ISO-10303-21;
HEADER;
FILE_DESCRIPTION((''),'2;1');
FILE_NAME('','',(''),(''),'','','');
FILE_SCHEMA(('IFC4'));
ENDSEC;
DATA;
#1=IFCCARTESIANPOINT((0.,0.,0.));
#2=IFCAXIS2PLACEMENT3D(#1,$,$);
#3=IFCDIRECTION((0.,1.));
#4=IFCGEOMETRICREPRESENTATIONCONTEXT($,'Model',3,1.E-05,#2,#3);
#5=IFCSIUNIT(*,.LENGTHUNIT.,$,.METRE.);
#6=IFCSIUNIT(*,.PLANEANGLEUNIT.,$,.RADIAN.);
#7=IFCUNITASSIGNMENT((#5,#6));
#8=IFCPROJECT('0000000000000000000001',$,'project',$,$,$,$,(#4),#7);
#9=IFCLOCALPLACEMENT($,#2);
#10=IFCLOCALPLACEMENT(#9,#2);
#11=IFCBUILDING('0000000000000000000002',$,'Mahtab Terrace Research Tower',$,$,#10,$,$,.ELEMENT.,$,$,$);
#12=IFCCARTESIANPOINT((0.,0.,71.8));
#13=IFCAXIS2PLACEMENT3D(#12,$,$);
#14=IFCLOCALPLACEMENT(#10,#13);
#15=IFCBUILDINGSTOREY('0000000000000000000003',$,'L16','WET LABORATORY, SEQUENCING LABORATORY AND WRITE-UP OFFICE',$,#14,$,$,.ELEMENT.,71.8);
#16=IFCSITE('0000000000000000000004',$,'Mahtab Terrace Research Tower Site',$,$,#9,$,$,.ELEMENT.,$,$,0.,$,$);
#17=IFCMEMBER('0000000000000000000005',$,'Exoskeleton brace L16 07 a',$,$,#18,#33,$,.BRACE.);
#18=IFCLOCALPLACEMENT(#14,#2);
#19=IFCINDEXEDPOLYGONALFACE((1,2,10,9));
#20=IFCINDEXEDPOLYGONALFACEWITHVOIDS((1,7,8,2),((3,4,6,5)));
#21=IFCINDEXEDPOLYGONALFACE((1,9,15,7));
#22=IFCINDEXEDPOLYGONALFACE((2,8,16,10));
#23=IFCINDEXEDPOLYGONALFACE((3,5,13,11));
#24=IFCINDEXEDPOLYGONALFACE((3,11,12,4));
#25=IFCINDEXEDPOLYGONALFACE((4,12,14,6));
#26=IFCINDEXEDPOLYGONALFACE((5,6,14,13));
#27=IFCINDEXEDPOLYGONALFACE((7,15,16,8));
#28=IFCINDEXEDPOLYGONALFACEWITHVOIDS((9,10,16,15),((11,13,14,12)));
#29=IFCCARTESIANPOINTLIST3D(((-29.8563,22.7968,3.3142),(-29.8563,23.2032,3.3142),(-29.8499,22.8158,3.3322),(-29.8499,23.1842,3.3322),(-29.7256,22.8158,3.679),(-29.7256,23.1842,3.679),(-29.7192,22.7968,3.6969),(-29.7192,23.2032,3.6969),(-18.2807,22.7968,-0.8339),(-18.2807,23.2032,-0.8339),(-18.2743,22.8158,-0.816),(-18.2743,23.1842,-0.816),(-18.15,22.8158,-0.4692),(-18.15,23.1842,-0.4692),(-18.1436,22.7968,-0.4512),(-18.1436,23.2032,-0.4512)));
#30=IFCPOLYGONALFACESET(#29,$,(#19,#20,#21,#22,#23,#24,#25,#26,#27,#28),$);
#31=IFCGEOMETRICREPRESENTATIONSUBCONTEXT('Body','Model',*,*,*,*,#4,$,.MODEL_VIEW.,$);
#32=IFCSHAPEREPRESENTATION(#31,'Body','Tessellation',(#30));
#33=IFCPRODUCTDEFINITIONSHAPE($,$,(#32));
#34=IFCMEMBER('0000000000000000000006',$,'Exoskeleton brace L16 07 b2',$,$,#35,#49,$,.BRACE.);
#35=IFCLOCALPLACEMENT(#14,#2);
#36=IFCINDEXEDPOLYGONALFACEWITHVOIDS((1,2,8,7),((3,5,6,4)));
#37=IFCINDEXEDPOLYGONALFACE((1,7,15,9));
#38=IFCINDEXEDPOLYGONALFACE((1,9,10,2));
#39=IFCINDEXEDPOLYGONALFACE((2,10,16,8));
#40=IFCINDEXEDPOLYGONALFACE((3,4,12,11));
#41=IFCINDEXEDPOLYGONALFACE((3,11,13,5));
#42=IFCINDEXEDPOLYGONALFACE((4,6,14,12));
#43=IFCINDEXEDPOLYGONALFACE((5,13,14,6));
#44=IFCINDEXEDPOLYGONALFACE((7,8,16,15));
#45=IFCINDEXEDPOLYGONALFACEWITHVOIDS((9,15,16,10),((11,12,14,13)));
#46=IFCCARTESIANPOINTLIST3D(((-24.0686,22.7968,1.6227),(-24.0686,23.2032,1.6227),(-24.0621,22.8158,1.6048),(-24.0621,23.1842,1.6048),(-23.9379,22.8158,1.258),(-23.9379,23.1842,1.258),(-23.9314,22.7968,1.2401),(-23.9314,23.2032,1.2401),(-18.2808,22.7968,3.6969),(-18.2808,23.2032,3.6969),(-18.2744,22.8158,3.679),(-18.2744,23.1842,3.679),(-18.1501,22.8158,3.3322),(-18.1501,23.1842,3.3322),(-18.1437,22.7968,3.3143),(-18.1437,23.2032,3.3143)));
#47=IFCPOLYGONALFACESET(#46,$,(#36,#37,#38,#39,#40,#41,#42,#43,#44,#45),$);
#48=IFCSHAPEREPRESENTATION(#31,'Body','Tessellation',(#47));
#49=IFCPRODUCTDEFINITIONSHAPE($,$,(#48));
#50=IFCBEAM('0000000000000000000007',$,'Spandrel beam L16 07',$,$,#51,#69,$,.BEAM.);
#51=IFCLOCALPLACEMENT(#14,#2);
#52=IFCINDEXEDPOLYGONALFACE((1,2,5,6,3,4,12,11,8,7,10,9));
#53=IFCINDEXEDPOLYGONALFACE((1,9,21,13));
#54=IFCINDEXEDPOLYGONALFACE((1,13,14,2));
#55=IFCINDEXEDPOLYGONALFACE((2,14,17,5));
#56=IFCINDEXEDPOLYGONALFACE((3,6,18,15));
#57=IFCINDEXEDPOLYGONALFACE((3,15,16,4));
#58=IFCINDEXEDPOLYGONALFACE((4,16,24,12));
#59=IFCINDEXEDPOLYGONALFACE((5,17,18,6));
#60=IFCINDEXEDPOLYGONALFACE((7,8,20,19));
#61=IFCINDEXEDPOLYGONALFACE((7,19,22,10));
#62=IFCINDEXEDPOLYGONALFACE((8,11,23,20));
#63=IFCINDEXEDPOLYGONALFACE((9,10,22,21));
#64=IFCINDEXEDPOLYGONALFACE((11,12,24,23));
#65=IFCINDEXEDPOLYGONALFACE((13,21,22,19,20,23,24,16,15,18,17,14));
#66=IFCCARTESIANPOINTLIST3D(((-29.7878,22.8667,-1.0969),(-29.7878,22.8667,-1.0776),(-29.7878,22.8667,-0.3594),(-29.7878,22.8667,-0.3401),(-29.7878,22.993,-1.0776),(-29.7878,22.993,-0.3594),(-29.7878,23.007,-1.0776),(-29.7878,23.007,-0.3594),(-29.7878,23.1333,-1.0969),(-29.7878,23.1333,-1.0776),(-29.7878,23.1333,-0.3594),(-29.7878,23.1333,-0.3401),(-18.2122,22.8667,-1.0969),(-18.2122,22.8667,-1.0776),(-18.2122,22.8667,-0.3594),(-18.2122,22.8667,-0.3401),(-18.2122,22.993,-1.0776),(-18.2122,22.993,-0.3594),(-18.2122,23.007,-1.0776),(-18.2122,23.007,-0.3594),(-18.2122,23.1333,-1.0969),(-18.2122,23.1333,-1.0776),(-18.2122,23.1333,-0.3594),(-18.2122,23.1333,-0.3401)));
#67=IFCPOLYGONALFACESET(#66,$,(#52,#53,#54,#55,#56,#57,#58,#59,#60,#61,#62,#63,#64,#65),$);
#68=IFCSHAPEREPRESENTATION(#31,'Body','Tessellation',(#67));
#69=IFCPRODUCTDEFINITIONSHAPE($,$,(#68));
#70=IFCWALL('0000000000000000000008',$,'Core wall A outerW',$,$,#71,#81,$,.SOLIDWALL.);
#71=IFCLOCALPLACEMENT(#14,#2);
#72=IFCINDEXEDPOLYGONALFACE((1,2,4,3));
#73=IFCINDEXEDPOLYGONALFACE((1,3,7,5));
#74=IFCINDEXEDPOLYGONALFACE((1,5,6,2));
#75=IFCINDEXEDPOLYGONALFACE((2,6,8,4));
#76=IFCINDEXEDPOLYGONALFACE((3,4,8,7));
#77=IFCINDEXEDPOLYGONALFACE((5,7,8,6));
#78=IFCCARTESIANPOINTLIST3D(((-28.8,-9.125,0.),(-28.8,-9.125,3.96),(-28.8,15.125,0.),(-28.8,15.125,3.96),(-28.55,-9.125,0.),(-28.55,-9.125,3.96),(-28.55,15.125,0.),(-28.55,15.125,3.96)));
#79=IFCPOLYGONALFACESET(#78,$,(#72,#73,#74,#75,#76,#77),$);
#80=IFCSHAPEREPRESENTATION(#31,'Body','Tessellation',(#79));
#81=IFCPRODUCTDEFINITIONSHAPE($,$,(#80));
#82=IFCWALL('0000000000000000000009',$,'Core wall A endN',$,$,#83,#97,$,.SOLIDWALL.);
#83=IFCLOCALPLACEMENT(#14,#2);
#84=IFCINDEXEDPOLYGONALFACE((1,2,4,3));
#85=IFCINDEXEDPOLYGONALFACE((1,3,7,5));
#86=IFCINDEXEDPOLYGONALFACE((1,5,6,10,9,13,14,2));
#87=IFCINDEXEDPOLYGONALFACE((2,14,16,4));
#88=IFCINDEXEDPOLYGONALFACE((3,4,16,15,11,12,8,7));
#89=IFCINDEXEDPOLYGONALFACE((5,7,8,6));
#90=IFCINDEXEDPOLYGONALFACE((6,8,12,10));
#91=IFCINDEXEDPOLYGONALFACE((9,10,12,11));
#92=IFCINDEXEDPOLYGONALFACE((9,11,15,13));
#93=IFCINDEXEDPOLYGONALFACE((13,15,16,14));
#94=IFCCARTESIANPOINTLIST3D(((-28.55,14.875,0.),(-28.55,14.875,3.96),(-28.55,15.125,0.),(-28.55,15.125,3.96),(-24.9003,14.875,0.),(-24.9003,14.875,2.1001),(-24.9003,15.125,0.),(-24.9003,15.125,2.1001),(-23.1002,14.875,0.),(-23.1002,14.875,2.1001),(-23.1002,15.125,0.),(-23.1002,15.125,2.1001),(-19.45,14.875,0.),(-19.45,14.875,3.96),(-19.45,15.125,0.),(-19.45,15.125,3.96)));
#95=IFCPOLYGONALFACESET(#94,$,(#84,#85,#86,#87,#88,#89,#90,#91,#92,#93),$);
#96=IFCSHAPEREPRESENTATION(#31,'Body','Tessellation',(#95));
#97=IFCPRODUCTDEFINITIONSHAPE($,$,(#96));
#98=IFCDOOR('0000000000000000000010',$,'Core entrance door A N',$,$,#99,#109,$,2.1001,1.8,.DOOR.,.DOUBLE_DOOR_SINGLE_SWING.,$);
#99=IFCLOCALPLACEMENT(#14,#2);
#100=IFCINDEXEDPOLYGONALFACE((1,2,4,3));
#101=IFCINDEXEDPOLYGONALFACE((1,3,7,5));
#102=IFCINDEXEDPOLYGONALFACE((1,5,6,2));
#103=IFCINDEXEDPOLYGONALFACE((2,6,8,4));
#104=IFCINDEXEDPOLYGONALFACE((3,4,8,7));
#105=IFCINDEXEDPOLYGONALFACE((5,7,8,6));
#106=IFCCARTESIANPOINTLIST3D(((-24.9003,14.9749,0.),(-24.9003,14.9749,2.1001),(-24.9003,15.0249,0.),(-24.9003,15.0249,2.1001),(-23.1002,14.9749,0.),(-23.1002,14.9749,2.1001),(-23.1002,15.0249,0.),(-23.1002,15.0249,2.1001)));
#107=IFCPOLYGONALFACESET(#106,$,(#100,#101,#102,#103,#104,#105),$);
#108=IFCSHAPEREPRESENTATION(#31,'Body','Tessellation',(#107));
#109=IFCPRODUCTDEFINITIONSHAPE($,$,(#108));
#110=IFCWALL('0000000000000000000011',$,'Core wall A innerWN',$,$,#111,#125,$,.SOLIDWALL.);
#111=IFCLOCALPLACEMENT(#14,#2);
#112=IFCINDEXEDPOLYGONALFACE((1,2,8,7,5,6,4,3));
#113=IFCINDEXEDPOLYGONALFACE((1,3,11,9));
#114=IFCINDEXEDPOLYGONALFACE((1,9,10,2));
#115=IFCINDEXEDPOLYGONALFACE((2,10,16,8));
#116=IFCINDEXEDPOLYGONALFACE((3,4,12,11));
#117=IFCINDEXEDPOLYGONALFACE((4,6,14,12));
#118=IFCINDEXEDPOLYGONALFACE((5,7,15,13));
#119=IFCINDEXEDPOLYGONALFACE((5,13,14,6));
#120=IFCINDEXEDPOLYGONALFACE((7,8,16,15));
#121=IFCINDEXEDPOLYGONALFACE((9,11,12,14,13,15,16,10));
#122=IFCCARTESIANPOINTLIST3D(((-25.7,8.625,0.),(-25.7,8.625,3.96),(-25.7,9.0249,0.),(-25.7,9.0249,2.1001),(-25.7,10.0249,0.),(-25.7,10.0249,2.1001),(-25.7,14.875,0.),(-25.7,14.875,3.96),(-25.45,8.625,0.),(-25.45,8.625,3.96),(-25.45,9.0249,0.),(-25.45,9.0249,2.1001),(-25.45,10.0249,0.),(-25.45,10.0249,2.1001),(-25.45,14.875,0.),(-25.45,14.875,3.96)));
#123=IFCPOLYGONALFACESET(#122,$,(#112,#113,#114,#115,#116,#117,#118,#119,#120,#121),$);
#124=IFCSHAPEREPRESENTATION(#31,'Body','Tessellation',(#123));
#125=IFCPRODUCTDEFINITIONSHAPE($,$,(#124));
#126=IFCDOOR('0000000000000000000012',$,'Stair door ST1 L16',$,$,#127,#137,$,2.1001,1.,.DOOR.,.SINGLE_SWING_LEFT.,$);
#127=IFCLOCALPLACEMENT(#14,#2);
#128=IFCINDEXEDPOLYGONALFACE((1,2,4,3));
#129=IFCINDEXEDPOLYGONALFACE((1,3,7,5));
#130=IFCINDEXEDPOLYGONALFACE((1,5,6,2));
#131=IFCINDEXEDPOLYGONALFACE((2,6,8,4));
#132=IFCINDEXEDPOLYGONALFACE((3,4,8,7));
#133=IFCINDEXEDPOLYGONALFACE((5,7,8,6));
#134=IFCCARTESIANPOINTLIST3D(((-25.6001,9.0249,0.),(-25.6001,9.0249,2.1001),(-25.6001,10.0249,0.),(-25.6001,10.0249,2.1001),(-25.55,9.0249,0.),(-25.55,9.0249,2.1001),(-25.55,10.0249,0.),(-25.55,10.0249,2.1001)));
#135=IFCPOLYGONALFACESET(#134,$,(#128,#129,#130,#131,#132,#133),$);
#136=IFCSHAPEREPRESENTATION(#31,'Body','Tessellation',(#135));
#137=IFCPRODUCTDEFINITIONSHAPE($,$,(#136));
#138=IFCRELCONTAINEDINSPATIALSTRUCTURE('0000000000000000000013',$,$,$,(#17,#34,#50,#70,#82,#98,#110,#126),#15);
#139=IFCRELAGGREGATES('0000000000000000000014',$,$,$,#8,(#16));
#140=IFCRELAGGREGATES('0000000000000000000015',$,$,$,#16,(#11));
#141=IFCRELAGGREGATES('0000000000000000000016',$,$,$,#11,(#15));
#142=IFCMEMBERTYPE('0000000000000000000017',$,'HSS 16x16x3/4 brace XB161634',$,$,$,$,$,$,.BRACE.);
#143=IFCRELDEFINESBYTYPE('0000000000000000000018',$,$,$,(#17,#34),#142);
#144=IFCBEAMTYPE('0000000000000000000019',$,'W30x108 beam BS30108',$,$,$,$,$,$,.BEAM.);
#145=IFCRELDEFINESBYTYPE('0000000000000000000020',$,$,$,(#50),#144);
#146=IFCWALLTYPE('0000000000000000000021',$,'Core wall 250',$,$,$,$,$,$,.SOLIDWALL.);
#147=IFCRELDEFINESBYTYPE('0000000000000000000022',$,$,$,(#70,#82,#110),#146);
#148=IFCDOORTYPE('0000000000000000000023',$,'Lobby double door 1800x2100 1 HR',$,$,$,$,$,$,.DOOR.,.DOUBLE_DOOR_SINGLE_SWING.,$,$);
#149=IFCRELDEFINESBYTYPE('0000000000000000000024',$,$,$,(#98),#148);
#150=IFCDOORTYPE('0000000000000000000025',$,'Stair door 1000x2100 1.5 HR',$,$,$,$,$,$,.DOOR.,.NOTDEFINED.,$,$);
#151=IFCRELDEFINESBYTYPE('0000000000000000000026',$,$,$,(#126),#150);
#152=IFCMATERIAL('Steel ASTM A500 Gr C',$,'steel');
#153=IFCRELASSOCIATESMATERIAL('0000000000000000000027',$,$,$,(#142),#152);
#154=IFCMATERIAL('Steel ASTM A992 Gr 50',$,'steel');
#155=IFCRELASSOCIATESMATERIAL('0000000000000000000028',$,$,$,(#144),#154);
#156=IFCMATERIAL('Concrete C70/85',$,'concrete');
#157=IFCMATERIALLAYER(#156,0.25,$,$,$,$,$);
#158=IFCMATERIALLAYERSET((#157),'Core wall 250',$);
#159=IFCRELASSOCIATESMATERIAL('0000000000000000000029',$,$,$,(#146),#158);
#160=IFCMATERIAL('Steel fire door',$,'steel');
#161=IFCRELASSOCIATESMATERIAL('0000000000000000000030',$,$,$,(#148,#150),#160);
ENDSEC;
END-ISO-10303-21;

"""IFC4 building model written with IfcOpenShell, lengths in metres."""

from ifc_helpers import new_model, si_unit, direction, frame, frame_2d, origin, origin_2d, place, context, subcontext, project, spatial, rectangle, hollow_rectangle, i_section, extrude, material, layer, layer_set, material_profile, profile_set, type_object, element, fill, save


model = new_model("IFC4")

# Units and contexts
model_context = context("Model", 3, precision=1e-05, world=origin(), true_north=direction((0.0, 1.0)))
body_context = subcontext(model_context, "Body", "Model", "MODEL_VIEW")
ifc_project = project(units=[si_unit("LENGTHUNIT", "METRE"), si_unit("PLANEANGLEUNIT", "RADIAN")], contexts=[model_context])

# Site, building, storey
site_placement = place(None, origin())
site = spatial("IfcSite", under=ifc_project, at=site_placement, Name="Mahtab Terrace Research Tower Site", CompositionType="ELEMENT", RefElevation=0.0)
building_placement = place(site_placement, origin())
building = spatial("IfcBuilding", under=site, at=building_placement, Name="Mahtab Terrace Research Tower", CompositionType="ELEMENT")
storey_placement = place(building_placement, frame((0.0, 0.0, 71.8)))
storey = spatial("IfcBuildingStorey", under=building, at=storey_placement, Name="L16", Description="WET LABORATORY, SEQUENCING LABORATORY AND WRITE-UP OFFICE", CompositionType="ELEMENT", Elevation=71.8)

# Members
ifc_material_1 = material(Name="Steel ASTM A500 Gr C", Category="steel")
ifc_material_profile_1 = material_profile(ifc_material_1, hollow_rectangle(XDim=0.4065, YDim=0.4065, WallThickness=0.019, at=origin_2d()), Name="HSS16X16X3/4")
ifc_profile_set_1 = profile_set([ifc_material_profile_1], Name="Steel ASTM A500 Gr C")
member_type = type_object("IfcMemberType", Name="HSS 16x16x3/4 brace XB161634", PredefinedType="BRACE", material=ifc_profile_set_1)
member_1_placement = place(storey_placement, frame((-18.2122, 23.0, -0.6426), z_axis=(-0.94138, 0.0, 0.337347), x_axis=(0.0, -1.0, 0.0)))
element("IfcMember", 1, at=member_1_placement, inside=storey, type_object=member_type, Name="Exoskeleton brace L16 07 a", PredefinedType="BRACE", context=body_context, shape_type="SweptSolid", body=[
    extrude(hollow_rectangle(XDim=0.4065, YDim=0.4065, WallThickness=0.019, at=origin_2d()), origin(), (0.0, 0.0, 1.0), 12.2964),
])
member_2_placement = place(storey_placement, frame((-24.0, 23.0, 1.4314), z_axis=(0.941374, 0.0, 0.337365), x_axis=(0.0, 1.0, 0.0)))
element("IfcMember", 2, at=member_2_placement, inside=storey, type_object=member_type, Name="Exoskeleton brace L16 07 b2", PredefinedType="BRACE", context=body_context, shape_type="SweptSolid", body=[
    extrude(hollow_rectangle(XDim=0.4065, YDim=0.4065, WallThickness=0.019, at=origin_2d()), origin(), (0.0, 0.0, 1.0), 6.1482),
])

# Beam
ifc_material_2 = material(Name="Steel ASTM A992 Gr 50", Category="steel")
ifc_material_profile_2 = material_profile(ifc_material_2, i_section(OverallWidth=0.2666, OverallDepth=0.7568, WebThickness=0.0139, FlangeThickness=0.0193, at=origin_2d()), Name="W30X108")
ifc_profile_set_2 = profile_set([ifc_material_profile_2], Name="Steel ASTM A992 Gr 50")
beam_type = type_object("IfcBeamType", Name="W30x108 beam BS30108", PredefinedType="BEAM", material=ifc_profile_set_2)
beam_placement = place(storey_placement, frame((-18.2122, 23.0, -0.7185), z_axis=(-1.0, 0.0, 0.0), x_axis=(0.0, -1.0, 0.0)))
element("IfcBeam", 3, at=beam_placement, inside=storey, type_object=beam_type, Name="Spandrel beam L16 07", PredefinedType="BEAM", context=body_context, shape_type="SweptSolid", body=[
    extrude(i_section(OverallWidth=0.2666, OverallDepth=0.7568, WebThickness=0.0139, FlangeThickness=0.0193, at=origin_2d()), origin(), (0.0, 0.0, 1.0), 11.5757),
])

# Wall
ifc_material_3 = material(Name="Concrete C70/85", Category="concrete")
ifc_layer_1 = layer(ifc_material_3, 0.25)
ifc_layer_set_1 = layer_set([ifc_layer_1], Name="Core wall 250")
wall_type_1 = type_object("IfcWallType", Name="Core wall 250", PredefinedType="SOLIDWALL", material=ifc_layer_set_1)
wall_1_placement = place(storey_placement, frame((-28.675, 15.125, 0.0), z_axis=(0.0, 0.0, 1.0), x_axis=(0.0, -1.0, 0.0)))
element("IfcWall", 4, at=wall_1_placement, inside=storey, type_object=wall_type_1, Name="Core wall A outerW", PredefinedType="SOLIDWALL", context=body_context, shape_type="SweptSolid", body=[
    extrude(rectangle(XDim=24.25, YDim=0.25, at=frame_2d((12.125, 0.0))), origin(), (0.0, 0.0, 1.0), 3.96),
])

# Walls, openings, doors
wall_2_placement = place(storey_placement, frame((-28.55, 15.0, 0.0), z_axis=(0.0, 0.0, 1.0), x_axis=(1.0, 0.0, 0.0)))
wall_2 = element("IfcWall", 5, at=wall_2_placement, inside=storey, type_object=wall_type_1, Name="Core wall A endN", PredefinedType="SOLIDWALL", context=body_context, shape_type="SweptSolid", body=[
    extrude(rectangle(XDim=9.1001, YDim=0.25, at=frame_2d((4.55, 0.0))), origin(), (0.0, 0.0, 1.0), 3.96),
])
opening_1_placement = place(wall_2_placement, frame((3.6499, 0.0, 0.0)))
opening_1 = element("IfcOpeningElement", 6, at=opening_1_placement, cuts=wall_2, PredefinedType="OPENING", context=body_context, shape_type="SweptSolid", body=[
    extrude(rectangle(XDim=1.8, YDim=2.1001, at=frame_2d((0.8999, 1.05))), frame((0.0, 0.135, 0.0), z_axis=(0.0, -1.0, 0.0), x_axis=(1.0, 0.0, 0.0)), (0.0, 0.0, 1.0), 0.27),
])
ifc_material_4 = material(Name="Steel fire door", Category="steel")
door_type_1 = type_object("IfcDoorType", Name="Lobby double door 1800x2100 1 HR", OperationType="DOUBLE_DOOR_SINGLE_SWING", PredefinedType="DOOR", material=ifc_material_4)
door_1_placement = place(opening_1_placement, origin())
door_1 = element("IfcDoor", 7, at=door_1_placement, inside=storey, type_object=door_type_1, Name="Core entrance door A N", OperationType="DOUBLE_DOOR_SINGLE_SWING", OverallHeight=2.1001, OverallWidth=1.8, PredefinedType="DOOR", context=body_context, shape_type="SweptSolid", body=[
    extrude(rectangle(XDim=1.8, YDim=2.1001, at=frame_2d((0.8999, 1.05))), frame((0.0, 0.0249, 0.0), z_axis=(0.0, -1.0, 0.0), x_axis=(1.0, 0.0, 0.0)), (0.0, 0.0, 1.0), 0.05),
])
fill(opening_1, door_1)
wall_3_placement = place(storey_placement, frame((-25.575, 14.875, 0.0), z_axis=(0.0, 0.0, 1.0), x_axis=(0.0, -1.0, 0.0)))
wall_3 = element("IfcWall", 8, at=wall_3_placement, inside=storey, type_object=wall_type_1, Name="Core wall A innerWN", PredefinedType="SOLIDWALL", context=body_context, shape_type="SweptSolid", body=[
    extrude(rectangle(XDim=6.25, YDim=0.25, at=frame_2d((3.125, 0.0))), origin(), (0.0, 0.0, 1.0), 3.96),
])
opening_2_placement = place(wall_3_placement, frame((4.8501, 0.0, 0.0)))
opening_2 = element("IfcOpeningElement", 9, at=opening_2_placement, cuts=wall_3, PredefinedType="OPENING", context=body_context, shape_type="SweptSolid", body=[
    extrude(rectangle(XDim=1.0, YDim=2.1001, at=frame_2d((0.5, 1.05))), frame((0.0, 0.135, 0.0), z_axis=(0.0, -1.0, 0.0), x_axis=(1.0, 0.0, 0.0)), (0.0, 0.0, 1.0), 0.27),
])
door_type_2 = type_object("IfcDoorType", Name="Stair door 1000x2100 1.5 HR", OperationType="NOTDEFINED", PredefinedType="DOOR", material=ifc_material_4)
door_2_placement = place(opening_2_placement, origin())
door_2 = element("IfcDoor", 10, at=door_2_placement, inside=storey, type_object=door_type_2, Name="Stair door ST1 L16", OperationType="SINGLE_SWING_LEFT", OverallHeight=2.1001, OverallWidth=1.0, PredefinedType="DOOR", context=body_context, shape_type="SweptSolid", body=[
    extrude(rectangle(XDim=1.0, YDim=2.1001, at=frame_2d((0.5, 1.05))), frame((0.0, 0.0249, 0.0), z_axis=(0.0, -1.0, 0.0), x_axis=(1.0, 0.0, 0.0)), (0.0, 0.0, 1.0), 0.05),
])
fill(opening_2, door_2)

save(model, "model.ifc")
